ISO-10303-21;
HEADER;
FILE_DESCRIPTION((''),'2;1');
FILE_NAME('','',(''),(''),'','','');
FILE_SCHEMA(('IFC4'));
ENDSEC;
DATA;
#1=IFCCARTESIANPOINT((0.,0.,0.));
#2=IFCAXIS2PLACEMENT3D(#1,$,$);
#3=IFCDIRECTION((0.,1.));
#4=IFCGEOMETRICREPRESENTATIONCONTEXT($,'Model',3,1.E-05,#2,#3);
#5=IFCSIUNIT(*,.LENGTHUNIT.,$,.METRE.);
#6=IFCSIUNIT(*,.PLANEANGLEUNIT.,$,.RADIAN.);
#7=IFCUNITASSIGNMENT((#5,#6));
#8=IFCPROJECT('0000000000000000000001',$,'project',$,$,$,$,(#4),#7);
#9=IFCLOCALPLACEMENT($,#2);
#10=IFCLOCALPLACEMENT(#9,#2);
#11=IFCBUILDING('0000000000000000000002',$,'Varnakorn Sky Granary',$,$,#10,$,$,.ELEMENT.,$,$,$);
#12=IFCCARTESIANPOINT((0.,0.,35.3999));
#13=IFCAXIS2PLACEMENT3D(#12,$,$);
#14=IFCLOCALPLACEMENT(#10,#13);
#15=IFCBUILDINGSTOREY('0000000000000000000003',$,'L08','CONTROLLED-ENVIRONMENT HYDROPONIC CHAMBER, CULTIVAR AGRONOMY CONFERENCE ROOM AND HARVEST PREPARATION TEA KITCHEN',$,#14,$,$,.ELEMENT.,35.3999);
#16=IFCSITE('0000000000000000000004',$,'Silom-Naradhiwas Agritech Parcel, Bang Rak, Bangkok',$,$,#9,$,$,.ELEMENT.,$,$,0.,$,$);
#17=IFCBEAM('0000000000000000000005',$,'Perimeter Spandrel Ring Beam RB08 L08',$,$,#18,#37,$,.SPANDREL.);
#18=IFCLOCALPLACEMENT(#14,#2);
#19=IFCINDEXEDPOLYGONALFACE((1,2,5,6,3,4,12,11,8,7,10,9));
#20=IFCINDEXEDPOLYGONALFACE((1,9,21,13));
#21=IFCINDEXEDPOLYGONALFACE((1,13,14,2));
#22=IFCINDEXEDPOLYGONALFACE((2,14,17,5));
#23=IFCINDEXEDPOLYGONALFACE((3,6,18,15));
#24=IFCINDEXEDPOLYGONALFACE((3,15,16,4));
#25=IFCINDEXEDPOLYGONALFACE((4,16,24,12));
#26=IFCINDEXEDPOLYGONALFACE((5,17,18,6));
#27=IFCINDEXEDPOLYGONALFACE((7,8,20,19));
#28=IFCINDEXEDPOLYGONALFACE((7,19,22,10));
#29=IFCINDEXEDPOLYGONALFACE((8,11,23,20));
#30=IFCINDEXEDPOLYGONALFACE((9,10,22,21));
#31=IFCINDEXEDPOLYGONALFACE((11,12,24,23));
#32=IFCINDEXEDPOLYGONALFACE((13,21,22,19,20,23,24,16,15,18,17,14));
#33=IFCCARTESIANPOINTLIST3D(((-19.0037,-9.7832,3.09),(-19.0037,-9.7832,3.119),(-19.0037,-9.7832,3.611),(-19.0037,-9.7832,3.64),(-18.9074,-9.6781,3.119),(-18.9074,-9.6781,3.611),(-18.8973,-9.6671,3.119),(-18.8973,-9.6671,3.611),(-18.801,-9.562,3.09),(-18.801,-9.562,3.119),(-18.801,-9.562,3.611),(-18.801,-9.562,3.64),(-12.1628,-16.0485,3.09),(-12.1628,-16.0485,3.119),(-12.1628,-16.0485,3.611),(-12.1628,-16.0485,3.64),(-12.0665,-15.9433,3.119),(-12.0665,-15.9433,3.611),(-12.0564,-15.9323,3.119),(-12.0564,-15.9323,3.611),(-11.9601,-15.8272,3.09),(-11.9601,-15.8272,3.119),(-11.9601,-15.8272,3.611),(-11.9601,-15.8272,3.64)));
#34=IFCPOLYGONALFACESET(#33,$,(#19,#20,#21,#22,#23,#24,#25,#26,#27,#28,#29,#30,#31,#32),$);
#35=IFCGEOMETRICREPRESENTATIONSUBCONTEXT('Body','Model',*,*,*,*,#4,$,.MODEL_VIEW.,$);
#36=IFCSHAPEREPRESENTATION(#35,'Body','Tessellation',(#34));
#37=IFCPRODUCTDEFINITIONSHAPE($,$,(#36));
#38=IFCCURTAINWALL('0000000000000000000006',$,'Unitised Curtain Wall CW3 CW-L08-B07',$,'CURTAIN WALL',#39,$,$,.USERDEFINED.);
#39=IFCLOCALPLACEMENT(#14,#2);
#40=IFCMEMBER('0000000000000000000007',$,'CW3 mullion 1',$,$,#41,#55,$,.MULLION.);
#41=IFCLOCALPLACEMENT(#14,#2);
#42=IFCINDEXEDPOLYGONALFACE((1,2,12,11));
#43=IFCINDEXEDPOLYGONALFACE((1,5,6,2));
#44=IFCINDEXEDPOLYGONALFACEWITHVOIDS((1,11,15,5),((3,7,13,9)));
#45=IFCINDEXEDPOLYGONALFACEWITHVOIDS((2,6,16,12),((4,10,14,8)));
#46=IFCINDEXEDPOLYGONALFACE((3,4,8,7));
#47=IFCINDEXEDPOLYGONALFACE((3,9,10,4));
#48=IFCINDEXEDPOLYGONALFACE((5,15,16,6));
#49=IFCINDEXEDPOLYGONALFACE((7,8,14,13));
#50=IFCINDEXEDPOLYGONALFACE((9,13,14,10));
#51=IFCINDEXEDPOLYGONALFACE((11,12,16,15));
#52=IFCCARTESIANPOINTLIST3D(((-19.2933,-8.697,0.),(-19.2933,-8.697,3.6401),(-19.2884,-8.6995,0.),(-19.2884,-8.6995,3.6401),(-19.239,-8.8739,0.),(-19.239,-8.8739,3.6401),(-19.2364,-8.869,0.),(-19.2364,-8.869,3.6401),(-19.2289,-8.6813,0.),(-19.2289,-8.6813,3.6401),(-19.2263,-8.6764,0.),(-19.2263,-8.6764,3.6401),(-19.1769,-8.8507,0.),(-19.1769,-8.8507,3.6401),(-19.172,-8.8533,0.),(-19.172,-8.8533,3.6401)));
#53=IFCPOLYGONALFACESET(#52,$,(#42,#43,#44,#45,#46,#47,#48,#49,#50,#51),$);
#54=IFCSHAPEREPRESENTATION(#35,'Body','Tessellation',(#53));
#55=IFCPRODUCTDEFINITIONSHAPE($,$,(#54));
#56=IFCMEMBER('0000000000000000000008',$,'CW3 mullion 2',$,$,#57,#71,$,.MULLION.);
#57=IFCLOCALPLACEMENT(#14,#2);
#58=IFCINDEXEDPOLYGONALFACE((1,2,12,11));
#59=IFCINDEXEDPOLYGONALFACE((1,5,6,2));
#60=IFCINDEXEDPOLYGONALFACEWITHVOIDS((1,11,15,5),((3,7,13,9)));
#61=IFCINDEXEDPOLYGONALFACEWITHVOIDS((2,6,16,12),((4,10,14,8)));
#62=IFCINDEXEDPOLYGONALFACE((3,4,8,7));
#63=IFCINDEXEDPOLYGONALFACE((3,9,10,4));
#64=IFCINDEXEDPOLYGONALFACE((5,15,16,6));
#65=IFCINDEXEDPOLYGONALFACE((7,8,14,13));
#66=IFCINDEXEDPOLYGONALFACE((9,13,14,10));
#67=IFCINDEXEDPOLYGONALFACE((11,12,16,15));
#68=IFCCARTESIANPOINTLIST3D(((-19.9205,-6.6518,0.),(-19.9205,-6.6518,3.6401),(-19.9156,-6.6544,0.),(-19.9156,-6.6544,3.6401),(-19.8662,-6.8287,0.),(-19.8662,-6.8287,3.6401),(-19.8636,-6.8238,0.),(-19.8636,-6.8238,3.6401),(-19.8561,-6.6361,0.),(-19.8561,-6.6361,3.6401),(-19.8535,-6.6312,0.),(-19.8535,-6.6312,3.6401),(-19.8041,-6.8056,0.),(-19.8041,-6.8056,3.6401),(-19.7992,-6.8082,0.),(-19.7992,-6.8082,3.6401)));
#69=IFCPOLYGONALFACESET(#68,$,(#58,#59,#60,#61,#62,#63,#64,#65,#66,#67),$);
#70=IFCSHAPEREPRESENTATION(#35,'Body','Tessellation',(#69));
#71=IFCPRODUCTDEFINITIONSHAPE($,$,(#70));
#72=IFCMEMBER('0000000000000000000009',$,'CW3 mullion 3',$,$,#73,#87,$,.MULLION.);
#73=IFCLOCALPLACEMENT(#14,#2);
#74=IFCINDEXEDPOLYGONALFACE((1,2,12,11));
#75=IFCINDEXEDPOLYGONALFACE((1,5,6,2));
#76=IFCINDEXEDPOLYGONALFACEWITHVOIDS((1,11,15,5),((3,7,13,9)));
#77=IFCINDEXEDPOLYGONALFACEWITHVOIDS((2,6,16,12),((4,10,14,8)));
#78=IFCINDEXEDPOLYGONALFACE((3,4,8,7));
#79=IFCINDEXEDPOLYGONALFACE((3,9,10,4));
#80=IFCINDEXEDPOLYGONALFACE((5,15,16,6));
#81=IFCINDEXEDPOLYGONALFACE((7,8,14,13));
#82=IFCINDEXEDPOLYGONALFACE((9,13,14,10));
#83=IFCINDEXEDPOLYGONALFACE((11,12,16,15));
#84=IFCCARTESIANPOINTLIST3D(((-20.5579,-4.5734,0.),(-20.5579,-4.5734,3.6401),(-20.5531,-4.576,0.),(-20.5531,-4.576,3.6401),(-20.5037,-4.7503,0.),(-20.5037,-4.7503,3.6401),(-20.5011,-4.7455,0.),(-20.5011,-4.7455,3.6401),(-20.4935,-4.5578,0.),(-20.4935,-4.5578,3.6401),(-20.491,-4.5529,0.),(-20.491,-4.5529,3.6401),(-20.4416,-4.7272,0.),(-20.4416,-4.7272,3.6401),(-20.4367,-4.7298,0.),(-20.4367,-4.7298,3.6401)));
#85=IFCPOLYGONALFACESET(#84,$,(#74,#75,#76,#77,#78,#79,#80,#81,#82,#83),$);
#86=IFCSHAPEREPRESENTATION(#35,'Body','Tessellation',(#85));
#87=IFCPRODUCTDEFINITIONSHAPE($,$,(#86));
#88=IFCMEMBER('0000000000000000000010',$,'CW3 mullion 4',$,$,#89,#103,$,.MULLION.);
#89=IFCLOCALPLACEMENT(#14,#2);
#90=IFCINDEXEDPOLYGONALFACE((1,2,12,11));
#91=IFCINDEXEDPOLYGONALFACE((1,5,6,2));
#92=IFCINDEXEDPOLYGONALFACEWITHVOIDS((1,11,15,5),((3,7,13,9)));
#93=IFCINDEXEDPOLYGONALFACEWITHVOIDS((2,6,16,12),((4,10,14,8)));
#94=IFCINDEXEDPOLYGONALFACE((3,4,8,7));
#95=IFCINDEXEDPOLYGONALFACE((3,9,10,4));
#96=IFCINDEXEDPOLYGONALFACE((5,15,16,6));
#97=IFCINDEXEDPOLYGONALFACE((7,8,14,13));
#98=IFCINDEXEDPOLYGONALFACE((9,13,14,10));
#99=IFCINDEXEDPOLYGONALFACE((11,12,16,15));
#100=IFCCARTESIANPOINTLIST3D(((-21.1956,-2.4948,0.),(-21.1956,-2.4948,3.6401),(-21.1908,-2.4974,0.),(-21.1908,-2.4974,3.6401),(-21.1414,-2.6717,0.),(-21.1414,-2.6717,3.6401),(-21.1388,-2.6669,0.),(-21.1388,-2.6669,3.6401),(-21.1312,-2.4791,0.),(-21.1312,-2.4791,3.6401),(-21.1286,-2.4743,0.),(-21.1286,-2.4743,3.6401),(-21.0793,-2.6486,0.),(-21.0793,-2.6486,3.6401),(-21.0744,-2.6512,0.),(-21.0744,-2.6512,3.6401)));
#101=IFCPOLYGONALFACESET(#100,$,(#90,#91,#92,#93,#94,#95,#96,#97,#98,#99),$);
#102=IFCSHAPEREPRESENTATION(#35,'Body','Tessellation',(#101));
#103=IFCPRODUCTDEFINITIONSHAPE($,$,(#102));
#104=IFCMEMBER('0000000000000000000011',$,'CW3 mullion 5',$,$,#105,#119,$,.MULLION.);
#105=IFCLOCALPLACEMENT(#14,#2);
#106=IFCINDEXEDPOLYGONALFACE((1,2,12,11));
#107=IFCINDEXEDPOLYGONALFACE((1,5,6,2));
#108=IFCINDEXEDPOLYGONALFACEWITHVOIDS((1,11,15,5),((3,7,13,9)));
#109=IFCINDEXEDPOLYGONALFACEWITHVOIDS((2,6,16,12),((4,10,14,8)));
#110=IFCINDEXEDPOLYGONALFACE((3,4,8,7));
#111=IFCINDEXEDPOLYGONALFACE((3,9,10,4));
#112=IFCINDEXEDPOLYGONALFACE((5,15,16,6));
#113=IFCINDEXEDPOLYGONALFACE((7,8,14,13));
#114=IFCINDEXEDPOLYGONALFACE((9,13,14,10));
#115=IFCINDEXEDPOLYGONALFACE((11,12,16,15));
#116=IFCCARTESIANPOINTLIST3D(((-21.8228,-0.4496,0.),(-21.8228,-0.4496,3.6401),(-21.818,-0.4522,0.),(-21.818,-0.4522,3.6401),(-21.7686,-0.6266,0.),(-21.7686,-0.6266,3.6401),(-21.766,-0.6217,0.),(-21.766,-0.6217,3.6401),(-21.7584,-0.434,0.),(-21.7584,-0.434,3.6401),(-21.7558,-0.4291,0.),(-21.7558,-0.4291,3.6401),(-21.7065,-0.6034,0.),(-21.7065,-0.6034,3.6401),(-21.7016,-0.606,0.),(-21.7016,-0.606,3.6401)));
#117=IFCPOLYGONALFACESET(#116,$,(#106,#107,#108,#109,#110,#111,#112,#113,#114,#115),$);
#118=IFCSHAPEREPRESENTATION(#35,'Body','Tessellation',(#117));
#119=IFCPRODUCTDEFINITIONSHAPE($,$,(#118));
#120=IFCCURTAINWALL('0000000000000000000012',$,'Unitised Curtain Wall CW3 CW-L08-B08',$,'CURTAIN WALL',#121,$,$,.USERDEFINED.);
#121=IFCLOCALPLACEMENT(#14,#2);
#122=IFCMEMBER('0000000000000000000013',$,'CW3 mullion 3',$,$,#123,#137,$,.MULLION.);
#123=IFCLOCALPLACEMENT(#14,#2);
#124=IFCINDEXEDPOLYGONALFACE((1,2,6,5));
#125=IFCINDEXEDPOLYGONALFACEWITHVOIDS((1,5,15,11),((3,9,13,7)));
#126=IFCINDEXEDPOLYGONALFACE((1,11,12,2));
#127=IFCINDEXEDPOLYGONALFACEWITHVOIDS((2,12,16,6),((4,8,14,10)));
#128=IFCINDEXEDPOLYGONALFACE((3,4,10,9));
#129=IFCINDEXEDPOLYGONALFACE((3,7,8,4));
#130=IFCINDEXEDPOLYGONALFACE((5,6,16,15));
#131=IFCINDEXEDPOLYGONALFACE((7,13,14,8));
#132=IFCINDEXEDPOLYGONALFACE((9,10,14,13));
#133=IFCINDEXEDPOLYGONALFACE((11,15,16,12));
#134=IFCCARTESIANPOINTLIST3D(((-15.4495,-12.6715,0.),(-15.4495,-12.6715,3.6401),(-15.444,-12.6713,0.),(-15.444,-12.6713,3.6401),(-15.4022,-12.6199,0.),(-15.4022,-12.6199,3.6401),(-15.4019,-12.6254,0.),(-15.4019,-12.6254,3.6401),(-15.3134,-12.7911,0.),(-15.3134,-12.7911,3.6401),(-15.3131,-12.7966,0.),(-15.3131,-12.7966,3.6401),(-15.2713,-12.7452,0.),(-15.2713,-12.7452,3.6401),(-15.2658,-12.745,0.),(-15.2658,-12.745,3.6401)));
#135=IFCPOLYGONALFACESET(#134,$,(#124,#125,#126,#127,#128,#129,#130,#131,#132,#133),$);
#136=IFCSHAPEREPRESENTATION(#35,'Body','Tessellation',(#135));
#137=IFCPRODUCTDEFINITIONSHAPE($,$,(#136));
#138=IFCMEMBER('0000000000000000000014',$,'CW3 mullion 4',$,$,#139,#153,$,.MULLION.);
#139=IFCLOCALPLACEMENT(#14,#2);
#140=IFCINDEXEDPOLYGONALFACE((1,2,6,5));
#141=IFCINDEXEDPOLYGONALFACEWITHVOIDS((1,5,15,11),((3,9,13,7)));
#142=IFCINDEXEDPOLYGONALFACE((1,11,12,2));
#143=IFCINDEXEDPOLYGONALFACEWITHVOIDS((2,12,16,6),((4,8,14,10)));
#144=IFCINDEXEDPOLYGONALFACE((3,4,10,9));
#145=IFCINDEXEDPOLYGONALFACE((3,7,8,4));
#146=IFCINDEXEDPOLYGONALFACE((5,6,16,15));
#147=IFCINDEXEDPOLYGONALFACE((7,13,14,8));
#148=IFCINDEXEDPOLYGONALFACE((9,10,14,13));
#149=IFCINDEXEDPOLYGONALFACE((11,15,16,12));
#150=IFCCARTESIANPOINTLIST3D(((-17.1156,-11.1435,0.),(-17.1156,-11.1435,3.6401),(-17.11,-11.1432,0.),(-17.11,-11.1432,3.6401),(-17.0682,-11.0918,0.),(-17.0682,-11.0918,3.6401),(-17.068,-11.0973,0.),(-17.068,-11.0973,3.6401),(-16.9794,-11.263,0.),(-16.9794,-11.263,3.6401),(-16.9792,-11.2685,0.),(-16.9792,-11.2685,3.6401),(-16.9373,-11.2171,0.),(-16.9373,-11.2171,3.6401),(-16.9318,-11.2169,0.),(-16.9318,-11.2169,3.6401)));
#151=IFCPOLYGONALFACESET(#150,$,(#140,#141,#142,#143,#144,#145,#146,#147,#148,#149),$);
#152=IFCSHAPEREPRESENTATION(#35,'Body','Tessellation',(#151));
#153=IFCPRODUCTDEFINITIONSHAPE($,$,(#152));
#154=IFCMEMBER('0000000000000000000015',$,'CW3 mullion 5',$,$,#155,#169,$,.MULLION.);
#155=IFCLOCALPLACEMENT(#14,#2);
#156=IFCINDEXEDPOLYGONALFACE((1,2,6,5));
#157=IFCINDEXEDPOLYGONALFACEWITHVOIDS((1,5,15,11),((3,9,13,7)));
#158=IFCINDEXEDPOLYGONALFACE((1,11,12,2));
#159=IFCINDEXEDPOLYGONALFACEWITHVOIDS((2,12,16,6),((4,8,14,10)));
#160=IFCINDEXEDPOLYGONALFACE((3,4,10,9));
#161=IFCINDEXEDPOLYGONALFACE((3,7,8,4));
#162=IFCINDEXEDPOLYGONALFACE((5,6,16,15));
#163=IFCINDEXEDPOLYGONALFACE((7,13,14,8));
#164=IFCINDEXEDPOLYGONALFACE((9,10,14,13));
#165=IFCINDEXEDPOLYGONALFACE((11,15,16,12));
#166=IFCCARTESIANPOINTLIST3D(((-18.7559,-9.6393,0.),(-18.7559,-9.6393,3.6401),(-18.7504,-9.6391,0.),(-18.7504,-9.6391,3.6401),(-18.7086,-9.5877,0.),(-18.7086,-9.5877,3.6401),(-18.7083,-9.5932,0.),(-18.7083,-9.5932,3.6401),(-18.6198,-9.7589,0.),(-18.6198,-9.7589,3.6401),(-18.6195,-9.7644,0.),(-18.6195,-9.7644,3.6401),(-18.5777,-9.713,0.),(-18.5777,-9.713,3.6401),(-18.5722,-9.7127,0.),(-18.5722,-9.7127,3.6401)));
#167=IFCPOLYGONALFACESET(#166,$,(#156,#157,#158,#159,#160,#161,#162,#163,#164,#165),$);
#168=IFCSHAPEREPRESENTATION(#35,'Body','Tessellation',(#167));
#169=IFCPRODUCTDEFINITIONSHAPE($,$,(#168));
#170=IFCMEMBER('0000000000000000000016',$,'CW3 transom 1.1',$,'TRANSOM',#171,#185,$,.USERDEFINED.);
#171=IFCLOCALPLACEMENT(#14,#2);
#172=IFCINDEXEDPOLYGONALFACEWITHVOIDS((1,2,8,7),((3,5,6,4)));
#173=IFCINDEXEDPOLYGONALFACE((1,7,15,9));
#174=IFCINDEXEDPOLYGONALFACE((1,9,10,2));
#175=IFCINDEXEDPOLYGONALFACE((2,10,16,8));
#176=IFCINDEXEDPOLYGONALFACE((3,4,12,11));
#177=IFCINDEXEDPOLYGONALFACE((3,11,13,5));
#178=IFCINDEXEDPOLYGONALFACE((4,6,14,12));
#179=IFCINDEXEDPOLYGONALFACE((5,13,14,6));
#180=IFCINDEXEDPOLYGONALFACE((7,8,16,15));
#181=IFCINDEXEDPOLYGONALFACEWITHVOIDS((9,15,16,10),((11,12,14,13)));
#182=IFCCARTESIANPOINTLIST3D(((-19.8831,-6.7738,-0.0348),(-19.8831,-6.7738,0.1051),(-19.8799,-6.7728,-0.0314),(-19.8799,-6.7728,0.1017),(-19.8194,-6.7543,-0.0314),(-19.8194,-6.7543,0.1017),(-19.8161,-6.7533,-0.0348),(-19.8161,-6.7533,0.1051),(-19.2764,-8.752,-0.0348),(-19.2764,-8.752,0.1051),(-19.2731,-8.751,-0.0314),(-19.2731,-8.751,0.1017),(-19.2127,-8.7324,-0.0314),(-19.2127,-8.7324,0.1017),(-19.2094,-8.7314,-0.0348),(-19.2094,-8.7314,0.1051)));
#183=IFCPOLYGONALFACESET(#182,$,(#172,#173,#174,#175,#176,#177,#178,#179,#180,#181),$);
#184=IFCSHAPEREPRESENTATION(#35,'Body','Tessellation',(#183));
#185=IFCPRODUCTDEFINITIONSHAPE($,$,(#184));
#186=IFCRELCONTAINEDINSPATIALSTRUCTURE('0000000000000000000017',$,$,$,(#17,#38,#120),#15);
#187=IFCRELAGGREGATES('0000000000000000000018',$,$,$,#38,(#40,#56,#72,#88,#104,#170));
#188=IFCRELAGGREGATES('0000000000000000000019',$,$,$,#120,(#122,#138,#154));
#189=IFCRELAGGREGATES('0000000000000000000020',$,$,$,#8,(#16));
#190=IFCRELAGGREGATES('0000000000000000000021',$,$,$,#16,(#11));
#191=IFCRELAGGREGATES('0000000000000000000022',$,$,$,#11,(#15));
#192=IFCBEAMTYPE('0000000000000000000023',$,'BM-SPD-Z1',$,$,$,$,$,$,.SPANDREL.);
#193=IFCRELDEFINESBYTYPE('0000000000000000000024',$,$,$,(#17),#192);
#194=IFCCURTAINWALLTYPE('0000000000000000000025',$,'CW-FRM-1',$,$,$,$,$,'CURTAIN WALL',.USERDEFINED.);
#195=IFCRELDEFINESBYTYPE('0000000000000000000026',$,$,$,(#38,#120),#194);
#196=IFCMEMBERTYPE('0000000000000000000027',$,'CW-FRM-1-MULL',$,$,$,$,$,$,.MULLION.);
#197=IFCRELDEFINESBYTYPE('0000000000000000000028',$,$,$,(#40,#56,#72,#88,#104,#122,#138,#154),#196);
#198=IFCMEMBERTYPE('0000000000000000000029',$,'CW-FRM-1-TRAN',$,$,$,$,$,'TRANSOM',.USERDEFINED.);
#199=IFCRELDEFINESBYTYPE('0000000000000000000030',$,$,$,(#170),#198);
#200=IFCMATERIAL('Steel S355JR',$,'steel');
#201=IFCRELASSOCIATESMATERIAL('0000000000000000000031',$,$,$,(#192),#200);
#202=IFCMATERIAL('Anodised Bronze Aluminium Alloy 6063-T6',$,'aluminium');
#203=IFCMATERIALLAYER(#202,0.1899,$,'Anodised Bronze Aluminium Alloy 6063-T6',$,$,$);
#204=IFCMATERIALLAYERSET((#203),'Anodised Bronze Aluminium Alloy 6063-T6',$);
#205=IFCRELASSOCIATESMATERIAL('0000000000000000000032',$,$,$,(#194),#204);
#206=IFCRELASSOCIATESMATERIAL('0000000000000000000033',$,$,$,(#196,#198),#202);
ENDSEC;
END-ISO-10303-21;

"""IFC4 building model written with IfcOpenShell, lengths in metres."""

from ifc_helpers import new_model, si_unit, direction, frame, origin, origin_2d, place, context, subcontext, project, spatial, hollow_rectangle, i_section, extrude, material, layer, layer_set, material_profile, profile_set, type_object, element, aggregate, save


model = new_model("IFC4")

# Units and contexts
model_context = context("Model", 3, precision=1e-05, world=origin(), true_north=direction((0.0, 1.0)))
body_context = subcontext(model_context, "Body", "Model", "MODEL_VIEW")
ifc_project = project(units=[si_unit("LENGTHUNIT", "METRE"), si_unit("PLANEANGLEUNIT", "RADIAN")], contexts=[model_context])

# Site, building, storey
site_placement = place(None, origin())
site = spatial("IfcSite", under=ifc_project, at=site_placement, Name="Silom-Naradhiwas Agritech Parcel, Bang Rak, Bangkok", CompositionType="ELEMENT", RefElevation=0.0)
building_placement = place(site_placement, origin())
building = spatial("IfcBuilding", under=site, at=building_placement, Name="Varnakorn Sky Granary", CompositionType="ELEMENT")
storey_placement = place(building_placement, frame((0.0, 0.0, 35.3999)))
storey = spatial("IfcBuildingStorey", under=building, at=storey_placement, Name="L08", Description="CONTROLLED-ENVIRONMENT HYDROPONIC CHAMBER, CULTIVAR AGRONOMY CONFERENCE ROOM AND HARVEST PREPARATION TEA KITCHEN", CompositionType="ELEMENT", Elevation=35.3999)

# Beam
ifc_material_1 = material(Name="Steel S355JR", Category="steel")
ifc_material_profile_1 = material_profile(ifc_material_1, i_section(OverallWidth=0.3, OverallDepth=0.55, WebThickness=0.0149, FlangeThickness=0.0291, at=origin_2d()), Name="HE 550 B")
ifc_profile_set_1 = profile_set([ifc_material_profile_1], Name="Steel S355JR")
beam_type = type_object("IfcBeamType", Name="BM-SPD-Z1", PredefinedType="SPANDREL", material=ifc_profile_set_1)
beam_1_placement = place(storey_placement, frame((-18.9023, -9.6726, 3.365), z_axis=(0.737456, -0.675396, 0.0), x_axis=(0.675396, 0.737456, 0.0)))
element("IfcBeam", 1, at=beam_1_placement, inside=storey, type_object=beam_type, Name="Perimeter Spandrel Ring Beam RB08 L08", PredefinedType="SPANDREL", context=body_context, shape_type="SweptSolid", body=[
    extrude(i_section(OverallWidth=0.3, OverallDepth=0.55, WebThickness=0.0149, FlangeThickness=0.0291, at=origin_2d()), origin(), (0.0, 0.0, 1.0), 9.2764),
])

# Curtain walls, members
ifc_material_2 = material(Name="Anodised Bronze Aluminium Alloy 6063-T6", Category="aluminium")
ifc_layer_1 = layer(ifc_material_2, 0.1899, Name="Anodised Bronze Aluminium Alloy 6063-T6")
ifc_layer_set_1 = layer_set([ifc_layer_1], Name="Anodised Bronze Aluminium Alloy 6063-T6")
curtain_wall_type = type_object("IfcCurtainWallType", Name="CW-FRM-1", ElementType="CURTAIN WALL", PredefinedType="USERDEFINED", material=ifc_layer_set_1)
curtain_wall_1_placement = place(storey_placement, origin())
curtain_wall_1 = element("IfcCurtainWall", 2, at=curtain_wall_1_placement, inside=storey, type_object=curtain_wall_type, Name="Unitised Curtain Wall CW3 CW-L08-B07", ObjectType="CURTAIN WALL", PredefinedType="USERDEFINED")
ifc_material_profile_2 = material_profile(ifc_material_2, hollow_rectangle(XDim=0.0701, YDim=0.1851, WallThickness=0.0039, at=origin_2d()), Name="ALU MULL 70x185")
ifc_profile_set_2 = profile_set([ifc_material_profile_2], Name="Anodised Bronze Aluminium Alloy 6063-T6")
member_type_1 = type_object("IfcMemberType", Name="CW-FRM-1-MULL", PredefinedType="MULLION", material=ifc_profile_set_2)
member_1_placement = place(storey_placement, frame((-19.2327, -8.7751, 0.0), z_axis=(0.0, 0.0, 1.0), x_axis=(-0.956046, -0.293216, 0.0)))
member_1 = element("IfcMember", 3, at=member_1_placement, type_object=member_type_1, Name="CW3 mullion 1", PredefinedType="MULLION", context=body_context, shape_type="SweptSolid", body=[
    extrude(hollow_rectangle(XDim=0.0701, YDim=0.1851, WallThickness=0.0039, at=origin_2d()), origin(), (0.0, 0.0, 1.0), 3.6401),
])
member_2_placement = place(storey_placement, frame((-19.8599, -6.73, 0.0), z_axis=(0.0, 0.0, 1.0), x_axis=(-0.956046, -0.293216, 0.0)))
member_2 = element("IfcMember", 4, at=member_2_placement, type_object=member_type_1, Name="CW3 mullion 2", PredefinedType="MULLION", context=body_context, shape_type="SweptSolid", body=[
    extrude(hollow_rectangle(XDim=0.0701, YDim=0.1851, WallThickness=0.0039, at=origin_2d()), origin(), (0.0, 0.0, 1.0), 3.6401),
])
member_3_placement = place(storey_placement, frame((-20.4973, -4.6516, 0.0), z_axis=(0.0, 0.0, 1.0), x_axis=(-0.956046, -0.293216, 0.0)))
member_3 = element("IfcMember", 5, at=member_3_placement, type_object=member_type_1, Name="CW3 mullion 3", PredefinedType="MULLION", context=body_context, shape_type="SweptSolid", body=[
    extrude(hollow_rectangle(XDim=0.0701, YDim=0.1851, WallThickness=0.0039, at=origin_2d()), origin(), (0.0, 0.0, 1.0), 3.6401),
])
member_4_placement = place(storey_placement, frame((-21.135, -2.573, 0.0), z_axis=(0.0, 0.0, 1.0), x_axis=(-0.956046, -0.293216, 0.0)))
member_4 = element("IfcMember", 6, at=member_4_placement, type_object=member_type_1, Name="CW3 mullion 4", PredefinedType="MULLION", context=body_context, shape_type="SweptSolid", body=[
    extrude(hollow_rectangle(XDim=0.0701, YDim=0.1851, WallThickness=0.0039, at=origin_2d()), origin(), (0.0, 0.0, 1.0), 3.6401),
])
member_5_placement = place(storey_placement, frame((-21.7622, -0.5278, 0.0), z_axis=(0.0, 0.0, 1.0), x_axis=(-0.956046, -0.293216, 0.0)))
member_5 = element("IfcMember", 7, at=member_5_placement, type_object=member_type_1, Name="CW3 mullion 5", PredefinedType="MULLION", context=body_context, shape_type="SweptSolid", body=[
    extrude(hollow_rectangle(XDim=0.0701, YDim=0.1851, WallThickness=0.0039, at=origin_2d()), origin(), (0.0, 0.0, 1.0), 3.6401),
])
curtain_wall_2_placement = place(storey_placement, origin())
curtain_wall_2 = element("IfcCurtainWall", 8, at=curtain_wall_2_placement, inside=storey, type_object=curtain_wall_type, Name="Unitised Curtain Wall CW3 CW-L08-B08", ObjectType="CURTAIN WALL", PredefinedType="USERDEFINED")
member_6_placement = place(storey_placement, frame((-15.3577, -12.7083, 0.0), z_axis=(0.0, 0.0, 1.0), x_axis=(-0.675878, -0.737013, 0.0)))
member_6 = element("IfcMember", 9, at=member_6_placement, type_object=member_type_1, Name="CW3 mullion 3", PredefinedType="MULLION", context=body_context, shape_type="SweptSolid", body=[
    extrude(hollow_rectangle(XDim=0.0701, YDim=0.1851, WallThickness=0.0039, at=origin_2d()), origin(), (0.0, 0.0, 1.0), 3.6401),
])
member_7_placement = place(storey_placement, frame((-17.0237, -11.1802, 0.0), z_axis=(0.0, 0.0, 1.0), x_axis=(-0.675878, -0.737013, 0.0)))
member_7 = element("IfcMember", 10, at=member_7_placement, type_object=member_type_1, Name="CW3 mullion 4", PredefinedType="MULLION", context=body_context, shape_type="SweptSolid", body=[
    extrude(hollow_rectangle(XDim=0.0701, YDim=0.1851, WallThickness=0.0039, at=origin_2d()), origin(), (0.0, 0.0, 1.0), 3.6401),
])
member_8_placement = place(storey_placement, frame((-18.6641, -9.676, 0.0), z_axis=(0.0, 0.0, 1.0), x_axis=(-0.675878, -0.737013, 0.0)))
member_8 = element("IfcMember", 11, at=member_8_placement, type_object=member_type_1, Name="CW3 mullion 5", PredefinedType="MULLION", context=body_context, shape_type="SweptSolid", body=[
    extrude(hollow_rectangle(XDim=0.0701, YDim=0.1851, WallThickness=0.0039, at=origin_2d()), origin(), (0.0, 0.0, 1.0), 3.6401),
])

# Member
ifc_material_profile_3 = material_profile(ifc_material_2, hollow_rectangle(XDim=0.0701, YDim=0.1399, WallThickness=0.0034, at=origin_2d()), Name="ALU TRAN 70x140")
ifc_profile_set_3 = profile_set([ifc_material_profile_3], Name="Anodised Bronze Aluminium Alloy 6063-T6")
member_type_2 = type_object("IfcMemberType", Name="CW-FRM-1-TRAN", ElementType="TRANSOM", PredefinedType="USERDEFINED", material=ifc_profile_set_3)
member_9_placement = place(storey_placement, frame((-19.2429, -8.7417, 0.0352), z_axis=(-0.293232, 0.956041, 0.0), x_axis=(-0.956041, -0.293232, 0.0)))
member_9 = element("IfcMember", 12, at=member_9_placement, type_object=member_type_2, Name="CW3 transom 1.1", ObjectType="TRANSOM", PredefinedType="USERDEFINED", context=body_context, shape_type="SweptSolid", body=[
    extrude(hollow_rectangle(XDim=0.0701, YDim=0.1399, WallThickness=0.0034, at=origin_2d()), origin(), (0.0, 0.0, 1.0), 2.0691),
])

aggregate(curtain_wall_1, [member_1, member_2, member_3, member_4, member_5, member_9])
aggregate(curtain_wall_2, [member_6, member_7, member_8])

save(model, "model.ifc")
